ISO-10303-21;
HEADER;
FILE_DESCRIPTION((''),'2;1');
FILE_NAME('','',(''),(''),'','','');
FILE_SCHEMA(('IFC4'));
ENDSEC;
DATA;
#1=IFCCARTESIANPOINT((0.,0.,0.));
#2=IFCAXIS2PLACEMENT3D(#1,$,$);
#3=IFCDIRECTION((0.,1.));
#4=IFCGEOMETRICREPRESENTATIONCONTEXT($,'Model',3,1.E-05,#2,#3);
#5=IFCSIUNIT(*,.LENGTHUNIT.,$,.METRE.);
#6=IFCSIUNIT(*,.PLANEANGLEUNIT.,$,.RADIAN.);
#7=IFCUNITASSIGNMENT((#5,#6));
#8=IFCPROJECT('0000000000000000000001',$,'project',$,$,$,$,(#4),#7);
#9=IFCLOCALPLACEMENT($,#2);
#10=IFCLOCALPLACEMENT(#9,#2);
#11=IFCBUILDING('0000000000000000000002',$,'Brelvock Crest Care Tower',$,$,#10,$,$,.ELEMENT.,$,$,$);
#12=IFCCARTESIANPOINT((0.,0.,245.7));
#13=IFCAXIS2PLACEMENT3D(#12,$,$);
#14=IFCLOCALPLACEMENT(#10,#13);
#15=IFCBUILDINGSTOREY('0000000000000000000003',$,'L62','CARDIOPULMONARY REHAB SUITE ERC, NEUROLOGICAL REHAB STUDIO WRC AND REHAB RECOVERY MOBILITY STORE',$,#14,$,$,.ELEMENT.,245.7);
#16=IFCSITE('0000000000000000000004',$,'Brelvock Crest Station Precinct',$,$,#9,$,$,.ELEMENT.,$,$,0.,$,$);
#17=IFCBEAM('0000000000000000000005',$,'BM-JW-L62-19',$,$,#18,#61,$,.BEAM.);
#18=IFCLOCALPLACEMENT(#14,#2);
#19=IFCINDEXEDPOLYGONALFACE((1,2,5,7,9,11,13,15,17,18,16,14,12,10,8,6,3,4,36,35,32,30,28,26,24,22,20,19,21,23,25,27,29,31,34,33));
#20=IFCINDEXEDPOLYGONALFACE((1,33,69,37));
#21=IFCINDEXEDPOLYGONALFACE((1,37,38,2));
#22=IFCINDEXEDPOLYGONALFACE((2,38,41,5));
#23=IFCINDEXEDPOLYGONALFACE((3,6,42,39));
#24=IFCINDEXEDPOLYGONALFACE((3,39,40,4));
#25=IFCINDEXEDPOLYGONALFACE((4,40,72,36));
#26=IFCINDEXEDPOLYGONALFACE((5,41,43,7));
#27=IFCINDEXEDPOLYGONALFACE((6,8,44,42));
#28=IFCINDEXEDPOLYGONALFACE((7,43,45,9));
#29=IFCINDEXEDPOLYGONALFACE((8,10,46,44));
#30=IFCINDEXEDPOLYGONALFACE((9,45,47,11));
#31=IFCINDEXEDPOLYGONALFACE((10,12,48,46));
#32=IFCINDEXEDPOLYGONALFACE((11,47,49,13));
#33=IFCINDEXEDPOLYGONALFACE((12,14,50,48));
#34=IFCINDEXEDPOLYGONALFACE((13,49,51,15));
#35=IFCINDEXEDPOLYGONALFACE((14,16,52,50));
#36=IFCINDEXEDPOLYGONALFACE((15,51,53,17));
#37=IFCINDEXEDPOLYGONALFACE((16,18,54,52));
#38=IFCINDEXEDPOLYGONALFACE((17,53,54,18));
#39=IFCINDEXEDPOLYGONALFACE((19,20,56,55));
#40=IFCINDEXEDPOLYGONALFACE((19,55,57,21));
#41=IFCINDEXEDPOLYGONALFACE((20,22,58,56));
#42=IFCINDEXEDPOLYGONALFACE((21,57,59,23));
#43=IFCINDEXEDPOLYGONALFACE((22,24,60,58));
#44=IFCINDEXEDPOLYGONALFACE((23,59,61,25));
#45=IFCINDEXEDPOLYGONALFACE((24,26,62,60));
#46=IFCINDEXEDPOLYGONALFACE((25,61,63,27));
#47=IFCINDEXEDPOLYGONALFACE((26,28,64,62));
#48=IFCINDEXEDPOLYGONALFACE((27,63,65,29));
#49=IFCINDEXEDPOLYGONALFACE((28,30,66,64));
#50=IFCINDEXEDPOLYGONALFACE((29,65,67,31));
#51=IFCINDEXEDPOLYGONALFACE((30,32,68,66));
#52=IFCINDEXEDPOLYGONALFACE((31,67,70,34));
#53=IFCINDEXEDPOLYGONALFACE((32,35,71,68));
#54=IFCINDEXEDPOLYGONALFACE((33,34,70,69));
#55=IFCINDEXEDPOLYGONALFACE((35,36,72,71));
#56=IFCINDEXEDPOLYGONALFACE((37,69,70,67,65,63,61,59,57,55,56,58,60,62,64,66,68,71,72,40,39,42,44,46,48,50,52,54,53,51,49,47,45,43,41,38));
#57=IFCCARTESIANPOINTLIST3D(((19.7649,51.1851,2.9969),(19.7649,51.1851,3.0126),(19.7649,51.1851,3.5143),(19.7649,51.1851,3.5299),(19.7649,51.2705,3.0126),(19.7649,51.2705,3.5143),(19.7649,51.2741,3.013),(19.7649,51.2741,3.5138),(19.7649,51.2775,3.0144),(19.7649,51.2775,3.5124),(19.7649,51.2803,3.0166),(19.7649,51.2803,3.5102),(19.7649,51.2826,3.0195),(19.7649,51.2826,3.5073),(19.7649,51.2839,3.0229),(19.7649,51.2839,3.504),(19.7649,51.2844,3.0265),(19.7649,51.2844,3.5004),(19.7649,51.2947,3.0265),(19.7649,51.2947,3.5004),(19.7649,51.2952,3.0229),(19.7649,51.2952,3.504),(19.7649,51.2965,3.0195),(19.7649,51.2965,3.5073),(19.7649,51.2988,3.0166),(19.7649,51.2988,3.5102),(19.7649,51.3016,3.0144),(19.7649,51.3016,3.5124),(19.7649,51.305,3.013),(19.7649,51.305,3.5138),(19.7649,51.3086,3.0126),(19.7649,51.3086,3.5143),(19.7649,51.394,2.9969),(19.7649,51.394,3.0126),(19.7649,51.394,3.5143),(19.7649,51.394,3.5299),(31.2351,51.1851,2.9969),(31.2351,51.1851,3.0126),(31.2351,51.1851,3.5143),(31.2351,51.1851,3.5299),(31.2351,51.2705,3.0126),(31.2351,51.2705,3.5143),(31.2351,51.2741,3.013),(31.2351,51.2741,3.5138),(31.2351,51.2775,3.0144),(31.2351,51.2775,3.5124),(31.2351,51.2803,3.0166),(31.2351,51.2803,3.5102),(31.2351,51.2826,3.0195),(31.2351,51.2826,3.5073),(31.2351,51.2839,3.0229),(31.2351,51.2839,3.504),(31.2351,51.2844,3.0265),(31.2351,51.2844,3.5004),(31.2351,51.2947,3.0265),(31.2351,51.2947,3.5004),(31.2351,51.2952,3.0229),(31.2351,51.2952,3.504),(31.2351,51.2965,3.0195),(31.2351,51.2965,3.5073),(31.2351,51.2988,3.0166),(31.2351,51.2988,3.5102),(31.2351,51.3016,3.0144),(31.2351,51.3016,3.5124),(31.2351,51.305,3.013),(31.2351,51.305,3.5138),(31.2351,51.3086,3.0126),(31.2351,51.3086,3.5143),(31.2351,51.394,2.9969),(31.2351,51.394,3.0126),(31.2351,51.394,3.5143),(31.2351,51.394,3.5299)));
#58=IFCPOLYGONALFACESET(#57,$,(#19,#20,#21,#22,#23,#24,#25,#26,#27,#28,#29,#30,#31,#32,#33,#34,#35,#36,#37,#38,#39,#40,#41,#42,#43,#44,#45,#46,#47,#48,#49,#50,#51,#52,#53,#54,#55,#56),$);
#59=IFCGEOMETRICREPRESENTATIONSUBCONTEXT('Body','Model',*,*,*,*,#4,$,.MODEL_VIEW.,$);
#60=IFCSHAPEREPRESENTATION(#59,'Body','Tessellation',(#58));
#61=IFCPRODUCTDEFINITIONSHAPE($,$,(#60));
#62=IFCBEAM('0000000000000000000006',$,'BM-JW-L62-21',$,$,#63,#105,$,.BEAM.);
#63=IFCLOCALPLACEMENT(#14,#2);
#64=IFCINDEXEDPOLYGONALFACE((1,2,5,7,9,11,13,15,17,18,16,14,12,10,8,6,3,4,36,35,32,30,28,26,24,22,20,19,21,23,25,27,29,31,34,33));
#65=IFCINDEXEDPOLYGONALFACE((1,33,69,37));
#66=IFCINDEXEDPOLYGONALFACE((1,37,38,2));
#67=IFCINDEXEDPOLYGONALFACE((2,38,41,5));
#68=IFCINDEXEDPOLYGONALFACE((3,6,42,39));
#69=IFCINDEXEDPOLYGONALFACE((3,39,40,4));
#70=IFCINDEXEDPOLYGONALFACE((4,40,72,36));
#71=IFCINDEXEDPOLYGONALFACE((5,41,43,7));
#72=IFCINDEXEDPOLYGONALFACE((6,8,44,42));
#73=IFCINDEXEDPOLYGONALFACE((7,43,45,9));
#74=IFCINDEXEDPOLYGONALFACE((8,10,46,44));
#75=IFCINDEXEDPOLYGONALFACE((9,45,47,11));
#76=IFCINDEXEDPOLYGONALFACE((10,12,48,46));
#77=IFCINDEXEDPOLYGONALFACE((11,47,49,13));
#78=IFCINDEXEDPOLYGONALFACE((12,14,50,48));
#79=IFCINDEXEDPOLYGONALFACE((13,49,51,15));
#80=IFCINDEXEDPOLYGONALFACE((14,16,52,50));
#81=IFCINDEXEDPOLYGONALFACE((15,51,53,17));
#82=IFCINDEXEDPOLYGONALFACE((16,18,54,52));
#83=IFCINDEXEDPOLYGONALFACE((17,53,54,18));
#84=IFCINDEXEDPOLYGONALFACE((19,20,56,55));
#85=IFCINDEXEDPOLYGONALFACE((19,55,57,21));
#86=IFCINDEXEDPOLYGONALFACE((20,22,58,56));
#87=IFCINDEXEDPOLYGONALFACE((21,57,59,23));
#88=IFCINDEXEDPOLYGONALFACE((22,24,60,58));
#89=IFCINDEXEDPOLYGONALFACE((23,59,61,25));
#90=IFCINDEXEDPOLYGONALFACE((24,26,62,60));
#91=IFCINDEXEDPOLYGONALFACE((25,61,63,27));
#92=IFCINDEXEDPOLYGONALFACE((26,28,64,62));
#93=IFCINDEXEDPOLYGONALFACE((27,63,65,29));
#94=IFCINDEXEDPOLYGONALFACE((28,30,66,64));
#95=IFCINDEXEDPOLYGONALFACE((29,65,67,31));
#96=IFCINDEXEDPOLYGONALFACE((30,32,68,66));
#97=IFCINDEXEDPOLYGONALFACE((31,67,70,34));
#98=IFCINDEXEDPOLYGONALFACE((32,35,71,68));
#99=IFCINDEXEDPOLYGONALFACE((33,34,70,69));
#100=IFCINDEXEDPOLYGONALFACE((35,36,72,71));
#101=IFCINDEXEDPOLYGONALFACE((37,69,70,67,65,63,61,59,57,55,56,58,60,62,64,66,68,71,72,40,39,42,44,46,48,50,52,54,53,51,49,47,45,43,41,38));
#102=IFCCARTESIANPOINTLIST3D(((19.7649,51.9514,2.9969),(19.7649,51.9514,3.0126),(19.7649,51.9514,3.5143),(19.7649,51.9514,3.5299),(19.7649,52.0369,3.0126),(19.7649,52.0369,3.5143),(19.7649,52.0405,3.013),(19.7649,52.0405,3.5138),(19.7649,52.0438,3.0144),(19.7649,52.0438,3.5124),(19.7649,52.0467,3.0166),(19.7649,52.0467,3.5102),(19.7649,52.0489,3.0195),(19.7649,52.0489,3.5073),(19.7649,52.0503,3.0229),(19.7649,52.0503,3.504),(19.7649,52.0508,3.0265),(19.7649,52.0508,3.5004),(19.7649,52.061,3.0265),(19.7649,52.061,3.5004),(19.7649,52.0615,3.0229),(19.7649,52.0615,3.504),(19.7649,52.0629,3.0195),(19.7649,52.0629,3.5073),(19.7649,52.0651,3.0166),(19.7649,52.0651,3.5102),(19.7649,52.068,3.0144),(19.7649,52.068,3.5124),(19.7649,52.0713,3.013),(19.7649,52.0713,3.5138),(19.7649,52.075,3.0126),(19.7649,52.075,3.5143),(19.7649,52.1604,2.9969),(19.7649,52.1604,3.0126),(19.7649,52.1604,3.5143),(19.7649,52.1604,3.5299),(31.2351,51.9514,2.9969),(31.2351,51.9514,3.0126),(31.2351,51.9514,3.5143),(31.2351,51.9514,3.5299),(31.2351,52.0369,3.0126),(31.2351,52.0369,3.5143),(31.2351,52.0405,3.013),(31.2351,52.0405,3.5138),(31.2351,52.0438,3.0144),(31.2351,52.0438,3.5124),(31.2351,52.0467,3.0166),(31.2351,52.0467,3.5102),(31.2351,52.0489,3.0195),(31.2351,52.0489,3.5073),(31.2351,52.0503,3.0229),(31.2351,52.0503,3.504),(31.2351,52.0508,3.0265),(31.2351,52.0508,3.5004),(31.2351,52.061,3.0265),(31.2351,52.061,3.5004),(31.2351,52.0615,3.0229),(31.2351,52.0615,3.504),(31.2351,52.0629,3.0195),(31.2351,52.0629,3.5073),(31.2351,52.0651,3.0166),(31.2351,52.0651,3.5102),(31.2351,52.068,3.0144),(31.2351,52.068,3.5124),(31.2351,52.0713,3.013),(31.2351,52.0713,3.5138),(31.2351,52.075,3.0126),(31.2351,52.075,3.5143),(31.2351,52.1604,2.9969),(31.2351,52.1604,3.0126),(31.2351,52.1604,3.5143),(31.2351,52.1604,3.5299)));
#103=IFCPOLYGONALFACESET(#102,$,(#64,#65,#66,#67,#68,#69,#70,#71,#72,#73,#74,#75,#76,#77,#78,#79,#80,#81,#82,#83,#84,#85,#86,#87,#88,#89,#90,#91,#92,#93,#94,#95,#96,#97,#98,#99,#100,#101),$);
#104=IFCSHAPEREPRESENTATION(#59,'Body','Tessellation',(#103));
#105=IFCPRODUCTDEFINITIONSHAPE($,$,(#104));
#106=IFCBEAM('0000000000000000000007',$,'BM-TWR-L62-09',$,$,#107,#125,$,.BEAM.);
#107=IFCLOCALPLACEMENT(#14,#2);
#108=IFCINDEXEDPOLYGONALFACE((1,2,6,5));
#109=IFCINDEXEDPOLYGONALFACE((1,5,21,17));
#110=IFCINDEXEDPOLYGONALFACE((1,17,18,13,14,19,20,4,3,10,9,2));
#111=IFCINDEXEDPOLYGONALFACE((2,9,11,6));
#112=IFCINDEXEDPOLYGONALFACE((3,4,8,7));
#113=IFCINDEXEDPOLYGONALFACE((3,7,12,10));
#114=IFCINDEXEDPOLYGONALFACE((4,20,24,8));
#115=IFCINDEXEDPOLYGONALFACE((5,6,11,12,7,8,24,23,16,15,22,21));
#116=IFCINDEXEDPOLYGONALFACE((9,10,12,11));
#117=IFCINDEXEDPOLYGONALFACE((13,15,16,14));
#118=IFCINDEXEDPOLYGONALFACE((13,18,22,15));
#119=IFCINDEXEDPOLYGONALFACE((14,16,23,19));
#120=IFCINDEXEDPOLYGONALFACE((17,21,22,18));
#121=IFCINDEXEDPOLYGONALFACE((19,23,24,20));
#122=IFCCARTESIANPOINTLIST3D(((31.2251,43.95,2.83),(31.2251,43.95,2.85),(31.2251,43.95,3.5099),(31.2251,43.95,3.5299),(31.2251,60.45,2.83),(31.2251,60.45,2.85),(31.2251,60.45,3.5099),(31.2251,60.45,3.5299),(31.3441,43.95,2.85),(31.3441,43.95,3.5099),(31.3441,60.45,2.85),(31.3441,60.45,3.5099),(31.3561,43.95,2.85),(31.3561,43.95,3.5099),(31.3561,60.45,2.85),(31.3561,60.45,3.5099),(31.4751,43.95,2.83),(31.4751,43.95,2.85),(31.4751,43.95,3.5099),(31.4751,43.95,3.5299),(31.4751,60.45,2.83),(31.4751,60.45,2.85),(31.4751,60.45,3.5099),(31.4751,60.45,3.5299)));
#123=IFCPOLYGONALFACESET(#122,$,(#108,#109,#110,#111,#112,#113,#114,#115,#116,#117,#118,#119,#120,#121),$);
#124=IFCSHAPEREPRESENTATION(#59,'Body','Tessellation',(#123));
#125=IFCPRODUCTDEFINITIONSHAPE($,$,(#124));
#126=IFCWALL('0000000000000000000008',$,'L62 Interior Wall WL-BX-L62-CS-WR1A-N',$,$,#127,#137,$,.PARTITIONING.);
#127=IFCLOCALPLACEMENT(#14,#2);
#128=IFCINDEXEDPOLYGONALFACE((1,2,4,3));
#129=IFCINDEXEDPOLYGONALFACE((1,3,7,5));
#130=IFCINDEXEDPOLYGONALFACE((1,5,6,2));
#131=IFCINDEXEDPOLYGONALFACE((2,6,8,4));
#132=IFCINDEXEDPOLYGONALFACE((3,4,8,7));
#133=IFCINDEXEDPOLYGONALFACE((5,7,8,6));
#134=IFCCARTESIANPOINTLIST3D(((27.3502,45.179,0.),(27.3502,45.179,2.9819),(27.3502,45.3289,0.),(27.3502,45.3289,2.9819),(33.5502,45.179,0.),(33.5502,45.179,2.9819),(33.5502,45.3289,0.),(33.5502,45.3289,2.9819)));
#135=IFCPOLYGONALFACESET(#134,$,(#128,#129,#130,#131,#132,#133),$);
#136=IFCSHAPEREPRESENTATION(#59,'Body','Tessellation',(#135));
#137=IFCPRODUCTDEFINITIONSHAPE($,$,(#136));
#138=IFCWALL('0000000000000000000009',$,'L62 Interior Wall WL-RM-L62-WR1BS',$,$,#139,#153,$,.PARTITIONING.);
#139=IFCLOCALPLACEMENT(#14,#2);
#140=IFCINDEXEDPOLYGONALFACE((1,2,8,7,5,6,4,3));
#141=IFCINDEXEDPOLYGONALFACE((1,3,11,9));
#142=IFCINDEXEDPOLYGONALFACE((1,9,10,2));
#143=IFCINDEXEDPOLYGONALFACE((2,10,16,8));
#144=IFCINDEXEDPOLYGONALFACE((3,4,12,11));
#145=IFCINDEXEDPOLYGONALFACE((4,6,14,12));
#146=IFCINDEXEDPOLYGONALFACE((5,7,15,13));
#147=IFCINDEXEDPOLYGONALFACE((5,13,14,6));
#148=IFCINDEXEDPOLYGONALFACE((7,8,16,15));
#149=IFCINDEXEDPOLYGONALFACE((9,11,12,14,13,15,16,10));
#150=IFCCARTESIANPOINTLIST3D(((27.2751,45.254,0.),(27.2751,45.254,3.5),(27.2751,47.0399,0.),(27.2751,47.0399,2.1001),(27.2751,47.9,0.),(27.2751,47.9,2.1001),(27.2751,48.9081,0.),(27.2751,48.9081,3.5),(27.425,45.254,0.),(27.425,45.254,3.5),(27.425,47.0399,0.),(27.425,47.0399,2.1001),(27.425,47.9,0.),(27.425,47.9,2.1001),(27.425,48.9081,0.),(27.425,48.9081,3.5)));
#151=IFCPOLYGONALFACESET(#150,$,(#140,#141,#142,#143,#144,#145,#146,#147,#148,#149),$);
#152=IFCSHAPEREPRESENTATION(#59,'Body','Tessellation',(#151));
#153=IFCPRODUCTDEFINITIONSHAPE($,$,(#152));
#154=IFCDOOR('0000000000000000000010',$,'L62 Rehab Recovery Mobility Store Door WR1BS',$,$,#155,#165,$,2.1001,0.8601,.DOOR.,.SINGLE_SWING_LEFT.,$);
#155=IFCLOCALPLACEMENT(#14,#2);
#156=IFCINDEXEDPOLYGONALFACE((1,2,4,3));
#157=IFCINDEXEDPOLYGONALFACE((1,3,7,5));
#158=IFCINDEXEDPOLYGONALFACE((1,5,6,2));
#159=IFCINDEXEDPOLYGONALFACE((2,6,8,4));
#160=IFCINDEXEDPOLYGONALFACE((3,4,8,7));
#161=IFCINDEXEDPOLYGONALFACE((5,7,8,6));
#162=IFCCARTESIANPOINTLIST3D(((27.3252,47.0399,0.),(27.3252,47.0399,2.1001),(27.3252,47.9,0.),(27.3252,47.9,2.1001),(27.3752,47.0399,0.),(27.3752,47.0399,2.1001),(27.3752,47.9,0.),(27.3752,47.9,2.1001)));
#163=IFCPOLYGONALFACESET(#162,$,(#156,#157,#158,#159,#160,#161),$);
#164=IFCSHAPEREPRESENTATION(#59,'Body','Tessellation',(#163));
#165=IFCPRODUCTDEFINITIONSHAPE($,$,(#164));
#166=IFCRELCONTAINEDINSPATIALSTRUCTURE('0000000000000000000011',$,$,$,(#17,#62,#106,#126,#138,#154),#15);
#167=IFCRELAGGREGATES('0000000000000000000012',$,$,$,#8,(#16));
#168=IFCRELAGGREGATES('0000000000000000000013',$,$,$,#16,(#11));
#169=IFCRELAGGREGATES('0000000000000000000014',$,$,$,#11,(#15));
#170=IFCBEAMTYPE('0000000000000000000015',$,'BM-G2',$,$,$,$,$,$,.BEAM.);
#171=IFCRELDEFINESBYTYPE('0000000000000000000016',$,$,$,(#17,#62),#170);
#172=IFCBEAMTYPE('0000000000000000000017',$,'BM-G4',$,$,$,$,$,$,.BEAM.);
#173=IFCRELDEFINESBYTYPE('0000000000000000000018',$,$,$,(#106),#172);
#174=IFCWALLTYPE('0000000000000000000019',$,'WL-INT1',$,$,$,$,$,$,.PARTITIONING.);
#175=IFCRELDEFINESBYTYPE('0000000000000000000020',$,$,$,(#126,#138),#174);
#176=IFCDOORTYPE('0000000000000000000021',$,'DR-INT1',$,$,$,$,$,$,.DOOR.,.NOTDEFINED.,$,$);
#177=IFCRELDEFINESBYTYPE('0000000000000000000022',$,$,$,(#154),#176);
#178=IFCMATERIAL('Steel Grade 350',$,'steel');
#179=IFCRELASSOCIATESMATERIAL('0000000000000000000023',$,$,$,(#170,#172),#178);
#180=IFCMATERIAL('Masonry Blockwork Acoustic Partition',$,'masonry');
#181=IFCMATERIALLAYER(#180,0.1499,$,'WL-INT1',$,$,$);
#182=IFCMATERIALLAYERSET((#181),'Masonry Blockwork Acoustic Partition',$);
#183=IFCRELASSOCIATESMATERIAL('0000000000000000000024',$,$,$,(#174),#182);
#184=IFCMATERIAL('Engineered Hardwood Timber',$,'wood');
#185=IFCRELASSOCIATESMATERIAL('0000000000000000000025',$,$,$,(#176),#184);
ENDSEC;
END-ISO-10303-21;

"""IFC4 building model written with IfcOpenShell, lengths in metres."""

from ifc_helpers import new_model, si_unit, direction, frame, frame_2d, origin, origin_2d, place, context, subcontext, project, spatial, rectangle, i_section, extrude, source, transform, mapped, material, layer, layer_set, material_profile, profile_set, type_object, element, fill, save


model = new_model("IFC4")

# Units and contexts
model_context = context("Model", 3, precision=1e-05, world=origin(), true_north=direction((0.0, 1.0)))
body_context = subcontext(model_context, "Body", "Model", "MODEL_VIEW")
ifc_project = project(units=[si_unit("LENGTHUNIT", "METRE"), si_unit("PLANEANGLEUNIT", "RADIAN")], contexts=[model_context])

# Site, building, storey
site_placement = place(None, origin())
site = spatial("IfcSite", under=ifc_project, at=site_placement, Name="Brelvock Crest Station Precinct", CompositionType="ELEMENT", RefElevation=0.0)
building_placement = place(site_placement, origin())
building = spatial("IfcBuilding", under=site, at=building_placement, Name="Brelvock Crest Care Tower", CompositionType="ELEMENT")
storey_placement = place(building_placement, frame((0.0, 0.0, 245.7)))
storey = spatial("IfcBuildingStorey", under=building, at=storey_placement, Name="L62", Description="CARDIOPULMONARY REHAB SUITE ERC, NEUROLOGICAL REHAB STUDIO WRC AND REHAB RECOVERY MOBILITY STORE", CompositionType="ELEMENT", Elevation=245.7)

# Beams
ifc_material_1 = material(Name="Steel Grade 350", Category="steel")
ifc_material_profile_1 = material_profile(ifc_material_1, i_section(OverallWidth=0.209, OverallDepth=0.533, WebThickness=0.0103, FlangeThickness=0.0156, FilletRadius=0.0139, at=origin_2d()), Name="530UB92.4")
ifc_profile_set_1 = profile_set([ifc_material_profile_1], Name="Steel Grade 350")
beam_type_1 = type_object("IfcBeamType", Name="BM-G2", PredefinedType="BEAM", material=ifc_profile_set_1)
shared_shape_1 = source(origin(), body_context, "Body", "SweptSolid", [
    extrude(i_section(OverallWidth=0.209, OverallDepth=0.533, WebThickness=0.0103, FlangeThickness=0.0156, FilletRadius=0.0139, at=origin_2d()), origin(), (0.0, 0.0, 1.0), 11.4702),
])
for number, where, z_axis, x_axis, name in (
    (1, (19.7649, 51.2896, 3.2634), (1.0, 0.0, 0.0), (0.0, 1.0, 0.0), "BM-JW-L62-19"),
    (2, (19.7649, 52.0559, 3.2634), (1.0, 0.0, 0.0), (0.0, 1.0, 0.0), "BM-JW-L62-21"),
):
    element("IfcBeam", number, at=place(storey_placement, frame(where, z_axis=z_axis, x_axis=x_axis)), inside=storey, type_object=beam_type_1, Name=name, PredefinedType="BEAM", context=body_context, shape_type="MappedRepresentation", body=[
        mapped(shared_shape_1, transform((0.0, 0.0, 0.0), x_axis=(1.0, 0.0, 0.0), y_axis=(0.0, 1.0, 0.0), z_axis=(0.0, 0.0, 1.0), scale=1.0)),
    ])
ifc_material_profile_2 = material_profile(ifc_material_1, i_section(OverallWidth=0.25, OverallDepth=0.7, WebThickness=0.012, FlangeThickness=0.02, at=origin_2d()), Name="700WB150")
ifc_profile_set_2 = profile_set([ifc_material_profile_2], Name="Steel Grade 350")
beam_type_2 = type_object("IfcBeamType", Name="BM-G4", PredefinedType="BEAM", material=ifc_profile_set_2)
shared_shape_2 = source(origin(), body_context, "Body", "SweptSolid", [
    extrude(i_section(OverallWidth=0.25, OverallDepth=0.7, WebThickness=0.012, FlangeThickness=0.02, at=origin_2d()), origin(), (0.0, 0.0, 1.0), 16.5),
])
beam_1_placement = place(storey_placement, frame((31.3501, 43.95, 3.1799), z_axis=(0.0, 1.0, 0.0), x_axis=(-1.0, 0.0, 0.0)))
element("IfcBeam", 3, at=beam_1_placement, inside=storey, type_object=beam_type_2, Name="BM-TWR-L62-09", PredefinedType="BEAM", context=body_context, shape_type="MappedRepresentation", body=[
    mapped(shared_shape_2, transform((0.0, 0.0, 0.0), x_axis=(1.0, 0.0, 0.0), y_axis=(0.0, 1.0, 0.0), z_axis=(0.0, 0.0, 1.0), scale=1.0)),
])

# Wall
ifc_material_2 = material(Name="Masonry Blockwork Acoustic Partition", Category="masonry")
ifc_layer = layer(ifc_material_2, 0.1499, Name="WL-INT1")
ifc_layer_set = layer_set([ifc_layer], Name="Masonry Blockwork Acoustic Partition")
wall_type = type_object("IfcWallType", Name="WL-INT1", PredefinedType="PARTITIONING", material=ifc_layer_set)
wall_1_placement = place(storey_placement, frame((27.3501, 45.2539, 0.0), z_axis=(0.0, 0.0, 1.0), x_axis=(1.0, 0.0, 0.0)))
element("IfcWall", 4, at=wall_1_placement, inside=storey, type_object=wall_type, Name="L62 Interior Wall WL-BX-L62-CS-WR1A-N", PredefinedType="PARTITIONING", context=body_context, shape_type="SweptSolid", body=[
    extrude(rectangle(XDim=6.2, YDim=0.1499, at=frame_2d((3.1001, 0.0))), origin(), (0.0, 0.0, 1.0), 2.9819),
])

# Wall, opening, door
wall_2_placement = place(storey_placement, frame((27.3501, 45.2539, 0.0), z_axis=(0.0, 0.0, 1.0), x_axis=(0.0, 1.0, 0.0)))
wall_2 = element("IfcWall", 5, at=wall_2_placement, inside=storey, type_object=wall_type, Name="L62 Interior Wall WL-RM-L62-WR1BS", PredefinedType="PARTITIONING", context=body_context, shape_type="SweptSolid", body=[
    extrude(rectangle(XDim=3.6541, YDim=0.1499, at=frame_2d((1.8271, 0.0))), origin(), (0.0, 0.0, 1.0), 3.5),
])
opening_placement = place(wall_2_placement, frame((1.7859, 0.0, 0.0)))
opening = element("IfcOpeningElement", 6, at=opening_placement, cuts=wall_2, PredefinedType="OPENING", context=body_context, shape_type="SweptSolid", body=[
    extrude(rectangle(XDim=0.8601, YDim=2.1001, at=origin_2d()), frame((0.4302, 0.085, 1.05), z_axis=(0.0, -1.0, 0.0), x_axis=(1.0, 0.0, 0.0)), (0.0, 0.0, 1.0), 0.1699),
])
ifc_material_3 = material(Name="Engineered Hardwood Timber", Category="wood")
door_type = type_object("IfcDoorType", Name="DR-INT1", OperationType="NOTDEFINED", PredefinedType="DOOR", material=ifc_material_3)
shared_shape_3 = source(origin(), body_context, "Body", "SweptSolid", [
    extrude(rectangle(XDim=0.8601, YDim=2.1001, at=origin_2d()), frame((0.4302, 0.0249, 1.05), z_axis=(0.0, -1.0, 0.0), x_axis=(1.0, 0.0, 0.0)), (0.0, 0.0, 1.0), 0.05),
])
door_placement = place(opening_placement, origin())
door = element("IfcDoor", 7, at=door_placement, inside=storey, type_object=door_type, Name="L62 Rehab Recovery Mobility Store Door WR1BS", OperationType="SINGLE_SWING_LEFT", OverallHeight=2.1001, OverallWidth=0.8601, PredefinedType="DOOR", context=body_context, shape_type="MappedRepresentation", body=[
    mapped(shared_shape_3, transform((0.0, 0.0, 0.0), x_axis=(1.0, 0.0, 0.0), y_axis=(0.0, 1.0, 0.0), z_axis=(0.0, 0.0, 1.0), scale=1.0)),
])
fill(opening, door)

save(model, "model.ifc")
